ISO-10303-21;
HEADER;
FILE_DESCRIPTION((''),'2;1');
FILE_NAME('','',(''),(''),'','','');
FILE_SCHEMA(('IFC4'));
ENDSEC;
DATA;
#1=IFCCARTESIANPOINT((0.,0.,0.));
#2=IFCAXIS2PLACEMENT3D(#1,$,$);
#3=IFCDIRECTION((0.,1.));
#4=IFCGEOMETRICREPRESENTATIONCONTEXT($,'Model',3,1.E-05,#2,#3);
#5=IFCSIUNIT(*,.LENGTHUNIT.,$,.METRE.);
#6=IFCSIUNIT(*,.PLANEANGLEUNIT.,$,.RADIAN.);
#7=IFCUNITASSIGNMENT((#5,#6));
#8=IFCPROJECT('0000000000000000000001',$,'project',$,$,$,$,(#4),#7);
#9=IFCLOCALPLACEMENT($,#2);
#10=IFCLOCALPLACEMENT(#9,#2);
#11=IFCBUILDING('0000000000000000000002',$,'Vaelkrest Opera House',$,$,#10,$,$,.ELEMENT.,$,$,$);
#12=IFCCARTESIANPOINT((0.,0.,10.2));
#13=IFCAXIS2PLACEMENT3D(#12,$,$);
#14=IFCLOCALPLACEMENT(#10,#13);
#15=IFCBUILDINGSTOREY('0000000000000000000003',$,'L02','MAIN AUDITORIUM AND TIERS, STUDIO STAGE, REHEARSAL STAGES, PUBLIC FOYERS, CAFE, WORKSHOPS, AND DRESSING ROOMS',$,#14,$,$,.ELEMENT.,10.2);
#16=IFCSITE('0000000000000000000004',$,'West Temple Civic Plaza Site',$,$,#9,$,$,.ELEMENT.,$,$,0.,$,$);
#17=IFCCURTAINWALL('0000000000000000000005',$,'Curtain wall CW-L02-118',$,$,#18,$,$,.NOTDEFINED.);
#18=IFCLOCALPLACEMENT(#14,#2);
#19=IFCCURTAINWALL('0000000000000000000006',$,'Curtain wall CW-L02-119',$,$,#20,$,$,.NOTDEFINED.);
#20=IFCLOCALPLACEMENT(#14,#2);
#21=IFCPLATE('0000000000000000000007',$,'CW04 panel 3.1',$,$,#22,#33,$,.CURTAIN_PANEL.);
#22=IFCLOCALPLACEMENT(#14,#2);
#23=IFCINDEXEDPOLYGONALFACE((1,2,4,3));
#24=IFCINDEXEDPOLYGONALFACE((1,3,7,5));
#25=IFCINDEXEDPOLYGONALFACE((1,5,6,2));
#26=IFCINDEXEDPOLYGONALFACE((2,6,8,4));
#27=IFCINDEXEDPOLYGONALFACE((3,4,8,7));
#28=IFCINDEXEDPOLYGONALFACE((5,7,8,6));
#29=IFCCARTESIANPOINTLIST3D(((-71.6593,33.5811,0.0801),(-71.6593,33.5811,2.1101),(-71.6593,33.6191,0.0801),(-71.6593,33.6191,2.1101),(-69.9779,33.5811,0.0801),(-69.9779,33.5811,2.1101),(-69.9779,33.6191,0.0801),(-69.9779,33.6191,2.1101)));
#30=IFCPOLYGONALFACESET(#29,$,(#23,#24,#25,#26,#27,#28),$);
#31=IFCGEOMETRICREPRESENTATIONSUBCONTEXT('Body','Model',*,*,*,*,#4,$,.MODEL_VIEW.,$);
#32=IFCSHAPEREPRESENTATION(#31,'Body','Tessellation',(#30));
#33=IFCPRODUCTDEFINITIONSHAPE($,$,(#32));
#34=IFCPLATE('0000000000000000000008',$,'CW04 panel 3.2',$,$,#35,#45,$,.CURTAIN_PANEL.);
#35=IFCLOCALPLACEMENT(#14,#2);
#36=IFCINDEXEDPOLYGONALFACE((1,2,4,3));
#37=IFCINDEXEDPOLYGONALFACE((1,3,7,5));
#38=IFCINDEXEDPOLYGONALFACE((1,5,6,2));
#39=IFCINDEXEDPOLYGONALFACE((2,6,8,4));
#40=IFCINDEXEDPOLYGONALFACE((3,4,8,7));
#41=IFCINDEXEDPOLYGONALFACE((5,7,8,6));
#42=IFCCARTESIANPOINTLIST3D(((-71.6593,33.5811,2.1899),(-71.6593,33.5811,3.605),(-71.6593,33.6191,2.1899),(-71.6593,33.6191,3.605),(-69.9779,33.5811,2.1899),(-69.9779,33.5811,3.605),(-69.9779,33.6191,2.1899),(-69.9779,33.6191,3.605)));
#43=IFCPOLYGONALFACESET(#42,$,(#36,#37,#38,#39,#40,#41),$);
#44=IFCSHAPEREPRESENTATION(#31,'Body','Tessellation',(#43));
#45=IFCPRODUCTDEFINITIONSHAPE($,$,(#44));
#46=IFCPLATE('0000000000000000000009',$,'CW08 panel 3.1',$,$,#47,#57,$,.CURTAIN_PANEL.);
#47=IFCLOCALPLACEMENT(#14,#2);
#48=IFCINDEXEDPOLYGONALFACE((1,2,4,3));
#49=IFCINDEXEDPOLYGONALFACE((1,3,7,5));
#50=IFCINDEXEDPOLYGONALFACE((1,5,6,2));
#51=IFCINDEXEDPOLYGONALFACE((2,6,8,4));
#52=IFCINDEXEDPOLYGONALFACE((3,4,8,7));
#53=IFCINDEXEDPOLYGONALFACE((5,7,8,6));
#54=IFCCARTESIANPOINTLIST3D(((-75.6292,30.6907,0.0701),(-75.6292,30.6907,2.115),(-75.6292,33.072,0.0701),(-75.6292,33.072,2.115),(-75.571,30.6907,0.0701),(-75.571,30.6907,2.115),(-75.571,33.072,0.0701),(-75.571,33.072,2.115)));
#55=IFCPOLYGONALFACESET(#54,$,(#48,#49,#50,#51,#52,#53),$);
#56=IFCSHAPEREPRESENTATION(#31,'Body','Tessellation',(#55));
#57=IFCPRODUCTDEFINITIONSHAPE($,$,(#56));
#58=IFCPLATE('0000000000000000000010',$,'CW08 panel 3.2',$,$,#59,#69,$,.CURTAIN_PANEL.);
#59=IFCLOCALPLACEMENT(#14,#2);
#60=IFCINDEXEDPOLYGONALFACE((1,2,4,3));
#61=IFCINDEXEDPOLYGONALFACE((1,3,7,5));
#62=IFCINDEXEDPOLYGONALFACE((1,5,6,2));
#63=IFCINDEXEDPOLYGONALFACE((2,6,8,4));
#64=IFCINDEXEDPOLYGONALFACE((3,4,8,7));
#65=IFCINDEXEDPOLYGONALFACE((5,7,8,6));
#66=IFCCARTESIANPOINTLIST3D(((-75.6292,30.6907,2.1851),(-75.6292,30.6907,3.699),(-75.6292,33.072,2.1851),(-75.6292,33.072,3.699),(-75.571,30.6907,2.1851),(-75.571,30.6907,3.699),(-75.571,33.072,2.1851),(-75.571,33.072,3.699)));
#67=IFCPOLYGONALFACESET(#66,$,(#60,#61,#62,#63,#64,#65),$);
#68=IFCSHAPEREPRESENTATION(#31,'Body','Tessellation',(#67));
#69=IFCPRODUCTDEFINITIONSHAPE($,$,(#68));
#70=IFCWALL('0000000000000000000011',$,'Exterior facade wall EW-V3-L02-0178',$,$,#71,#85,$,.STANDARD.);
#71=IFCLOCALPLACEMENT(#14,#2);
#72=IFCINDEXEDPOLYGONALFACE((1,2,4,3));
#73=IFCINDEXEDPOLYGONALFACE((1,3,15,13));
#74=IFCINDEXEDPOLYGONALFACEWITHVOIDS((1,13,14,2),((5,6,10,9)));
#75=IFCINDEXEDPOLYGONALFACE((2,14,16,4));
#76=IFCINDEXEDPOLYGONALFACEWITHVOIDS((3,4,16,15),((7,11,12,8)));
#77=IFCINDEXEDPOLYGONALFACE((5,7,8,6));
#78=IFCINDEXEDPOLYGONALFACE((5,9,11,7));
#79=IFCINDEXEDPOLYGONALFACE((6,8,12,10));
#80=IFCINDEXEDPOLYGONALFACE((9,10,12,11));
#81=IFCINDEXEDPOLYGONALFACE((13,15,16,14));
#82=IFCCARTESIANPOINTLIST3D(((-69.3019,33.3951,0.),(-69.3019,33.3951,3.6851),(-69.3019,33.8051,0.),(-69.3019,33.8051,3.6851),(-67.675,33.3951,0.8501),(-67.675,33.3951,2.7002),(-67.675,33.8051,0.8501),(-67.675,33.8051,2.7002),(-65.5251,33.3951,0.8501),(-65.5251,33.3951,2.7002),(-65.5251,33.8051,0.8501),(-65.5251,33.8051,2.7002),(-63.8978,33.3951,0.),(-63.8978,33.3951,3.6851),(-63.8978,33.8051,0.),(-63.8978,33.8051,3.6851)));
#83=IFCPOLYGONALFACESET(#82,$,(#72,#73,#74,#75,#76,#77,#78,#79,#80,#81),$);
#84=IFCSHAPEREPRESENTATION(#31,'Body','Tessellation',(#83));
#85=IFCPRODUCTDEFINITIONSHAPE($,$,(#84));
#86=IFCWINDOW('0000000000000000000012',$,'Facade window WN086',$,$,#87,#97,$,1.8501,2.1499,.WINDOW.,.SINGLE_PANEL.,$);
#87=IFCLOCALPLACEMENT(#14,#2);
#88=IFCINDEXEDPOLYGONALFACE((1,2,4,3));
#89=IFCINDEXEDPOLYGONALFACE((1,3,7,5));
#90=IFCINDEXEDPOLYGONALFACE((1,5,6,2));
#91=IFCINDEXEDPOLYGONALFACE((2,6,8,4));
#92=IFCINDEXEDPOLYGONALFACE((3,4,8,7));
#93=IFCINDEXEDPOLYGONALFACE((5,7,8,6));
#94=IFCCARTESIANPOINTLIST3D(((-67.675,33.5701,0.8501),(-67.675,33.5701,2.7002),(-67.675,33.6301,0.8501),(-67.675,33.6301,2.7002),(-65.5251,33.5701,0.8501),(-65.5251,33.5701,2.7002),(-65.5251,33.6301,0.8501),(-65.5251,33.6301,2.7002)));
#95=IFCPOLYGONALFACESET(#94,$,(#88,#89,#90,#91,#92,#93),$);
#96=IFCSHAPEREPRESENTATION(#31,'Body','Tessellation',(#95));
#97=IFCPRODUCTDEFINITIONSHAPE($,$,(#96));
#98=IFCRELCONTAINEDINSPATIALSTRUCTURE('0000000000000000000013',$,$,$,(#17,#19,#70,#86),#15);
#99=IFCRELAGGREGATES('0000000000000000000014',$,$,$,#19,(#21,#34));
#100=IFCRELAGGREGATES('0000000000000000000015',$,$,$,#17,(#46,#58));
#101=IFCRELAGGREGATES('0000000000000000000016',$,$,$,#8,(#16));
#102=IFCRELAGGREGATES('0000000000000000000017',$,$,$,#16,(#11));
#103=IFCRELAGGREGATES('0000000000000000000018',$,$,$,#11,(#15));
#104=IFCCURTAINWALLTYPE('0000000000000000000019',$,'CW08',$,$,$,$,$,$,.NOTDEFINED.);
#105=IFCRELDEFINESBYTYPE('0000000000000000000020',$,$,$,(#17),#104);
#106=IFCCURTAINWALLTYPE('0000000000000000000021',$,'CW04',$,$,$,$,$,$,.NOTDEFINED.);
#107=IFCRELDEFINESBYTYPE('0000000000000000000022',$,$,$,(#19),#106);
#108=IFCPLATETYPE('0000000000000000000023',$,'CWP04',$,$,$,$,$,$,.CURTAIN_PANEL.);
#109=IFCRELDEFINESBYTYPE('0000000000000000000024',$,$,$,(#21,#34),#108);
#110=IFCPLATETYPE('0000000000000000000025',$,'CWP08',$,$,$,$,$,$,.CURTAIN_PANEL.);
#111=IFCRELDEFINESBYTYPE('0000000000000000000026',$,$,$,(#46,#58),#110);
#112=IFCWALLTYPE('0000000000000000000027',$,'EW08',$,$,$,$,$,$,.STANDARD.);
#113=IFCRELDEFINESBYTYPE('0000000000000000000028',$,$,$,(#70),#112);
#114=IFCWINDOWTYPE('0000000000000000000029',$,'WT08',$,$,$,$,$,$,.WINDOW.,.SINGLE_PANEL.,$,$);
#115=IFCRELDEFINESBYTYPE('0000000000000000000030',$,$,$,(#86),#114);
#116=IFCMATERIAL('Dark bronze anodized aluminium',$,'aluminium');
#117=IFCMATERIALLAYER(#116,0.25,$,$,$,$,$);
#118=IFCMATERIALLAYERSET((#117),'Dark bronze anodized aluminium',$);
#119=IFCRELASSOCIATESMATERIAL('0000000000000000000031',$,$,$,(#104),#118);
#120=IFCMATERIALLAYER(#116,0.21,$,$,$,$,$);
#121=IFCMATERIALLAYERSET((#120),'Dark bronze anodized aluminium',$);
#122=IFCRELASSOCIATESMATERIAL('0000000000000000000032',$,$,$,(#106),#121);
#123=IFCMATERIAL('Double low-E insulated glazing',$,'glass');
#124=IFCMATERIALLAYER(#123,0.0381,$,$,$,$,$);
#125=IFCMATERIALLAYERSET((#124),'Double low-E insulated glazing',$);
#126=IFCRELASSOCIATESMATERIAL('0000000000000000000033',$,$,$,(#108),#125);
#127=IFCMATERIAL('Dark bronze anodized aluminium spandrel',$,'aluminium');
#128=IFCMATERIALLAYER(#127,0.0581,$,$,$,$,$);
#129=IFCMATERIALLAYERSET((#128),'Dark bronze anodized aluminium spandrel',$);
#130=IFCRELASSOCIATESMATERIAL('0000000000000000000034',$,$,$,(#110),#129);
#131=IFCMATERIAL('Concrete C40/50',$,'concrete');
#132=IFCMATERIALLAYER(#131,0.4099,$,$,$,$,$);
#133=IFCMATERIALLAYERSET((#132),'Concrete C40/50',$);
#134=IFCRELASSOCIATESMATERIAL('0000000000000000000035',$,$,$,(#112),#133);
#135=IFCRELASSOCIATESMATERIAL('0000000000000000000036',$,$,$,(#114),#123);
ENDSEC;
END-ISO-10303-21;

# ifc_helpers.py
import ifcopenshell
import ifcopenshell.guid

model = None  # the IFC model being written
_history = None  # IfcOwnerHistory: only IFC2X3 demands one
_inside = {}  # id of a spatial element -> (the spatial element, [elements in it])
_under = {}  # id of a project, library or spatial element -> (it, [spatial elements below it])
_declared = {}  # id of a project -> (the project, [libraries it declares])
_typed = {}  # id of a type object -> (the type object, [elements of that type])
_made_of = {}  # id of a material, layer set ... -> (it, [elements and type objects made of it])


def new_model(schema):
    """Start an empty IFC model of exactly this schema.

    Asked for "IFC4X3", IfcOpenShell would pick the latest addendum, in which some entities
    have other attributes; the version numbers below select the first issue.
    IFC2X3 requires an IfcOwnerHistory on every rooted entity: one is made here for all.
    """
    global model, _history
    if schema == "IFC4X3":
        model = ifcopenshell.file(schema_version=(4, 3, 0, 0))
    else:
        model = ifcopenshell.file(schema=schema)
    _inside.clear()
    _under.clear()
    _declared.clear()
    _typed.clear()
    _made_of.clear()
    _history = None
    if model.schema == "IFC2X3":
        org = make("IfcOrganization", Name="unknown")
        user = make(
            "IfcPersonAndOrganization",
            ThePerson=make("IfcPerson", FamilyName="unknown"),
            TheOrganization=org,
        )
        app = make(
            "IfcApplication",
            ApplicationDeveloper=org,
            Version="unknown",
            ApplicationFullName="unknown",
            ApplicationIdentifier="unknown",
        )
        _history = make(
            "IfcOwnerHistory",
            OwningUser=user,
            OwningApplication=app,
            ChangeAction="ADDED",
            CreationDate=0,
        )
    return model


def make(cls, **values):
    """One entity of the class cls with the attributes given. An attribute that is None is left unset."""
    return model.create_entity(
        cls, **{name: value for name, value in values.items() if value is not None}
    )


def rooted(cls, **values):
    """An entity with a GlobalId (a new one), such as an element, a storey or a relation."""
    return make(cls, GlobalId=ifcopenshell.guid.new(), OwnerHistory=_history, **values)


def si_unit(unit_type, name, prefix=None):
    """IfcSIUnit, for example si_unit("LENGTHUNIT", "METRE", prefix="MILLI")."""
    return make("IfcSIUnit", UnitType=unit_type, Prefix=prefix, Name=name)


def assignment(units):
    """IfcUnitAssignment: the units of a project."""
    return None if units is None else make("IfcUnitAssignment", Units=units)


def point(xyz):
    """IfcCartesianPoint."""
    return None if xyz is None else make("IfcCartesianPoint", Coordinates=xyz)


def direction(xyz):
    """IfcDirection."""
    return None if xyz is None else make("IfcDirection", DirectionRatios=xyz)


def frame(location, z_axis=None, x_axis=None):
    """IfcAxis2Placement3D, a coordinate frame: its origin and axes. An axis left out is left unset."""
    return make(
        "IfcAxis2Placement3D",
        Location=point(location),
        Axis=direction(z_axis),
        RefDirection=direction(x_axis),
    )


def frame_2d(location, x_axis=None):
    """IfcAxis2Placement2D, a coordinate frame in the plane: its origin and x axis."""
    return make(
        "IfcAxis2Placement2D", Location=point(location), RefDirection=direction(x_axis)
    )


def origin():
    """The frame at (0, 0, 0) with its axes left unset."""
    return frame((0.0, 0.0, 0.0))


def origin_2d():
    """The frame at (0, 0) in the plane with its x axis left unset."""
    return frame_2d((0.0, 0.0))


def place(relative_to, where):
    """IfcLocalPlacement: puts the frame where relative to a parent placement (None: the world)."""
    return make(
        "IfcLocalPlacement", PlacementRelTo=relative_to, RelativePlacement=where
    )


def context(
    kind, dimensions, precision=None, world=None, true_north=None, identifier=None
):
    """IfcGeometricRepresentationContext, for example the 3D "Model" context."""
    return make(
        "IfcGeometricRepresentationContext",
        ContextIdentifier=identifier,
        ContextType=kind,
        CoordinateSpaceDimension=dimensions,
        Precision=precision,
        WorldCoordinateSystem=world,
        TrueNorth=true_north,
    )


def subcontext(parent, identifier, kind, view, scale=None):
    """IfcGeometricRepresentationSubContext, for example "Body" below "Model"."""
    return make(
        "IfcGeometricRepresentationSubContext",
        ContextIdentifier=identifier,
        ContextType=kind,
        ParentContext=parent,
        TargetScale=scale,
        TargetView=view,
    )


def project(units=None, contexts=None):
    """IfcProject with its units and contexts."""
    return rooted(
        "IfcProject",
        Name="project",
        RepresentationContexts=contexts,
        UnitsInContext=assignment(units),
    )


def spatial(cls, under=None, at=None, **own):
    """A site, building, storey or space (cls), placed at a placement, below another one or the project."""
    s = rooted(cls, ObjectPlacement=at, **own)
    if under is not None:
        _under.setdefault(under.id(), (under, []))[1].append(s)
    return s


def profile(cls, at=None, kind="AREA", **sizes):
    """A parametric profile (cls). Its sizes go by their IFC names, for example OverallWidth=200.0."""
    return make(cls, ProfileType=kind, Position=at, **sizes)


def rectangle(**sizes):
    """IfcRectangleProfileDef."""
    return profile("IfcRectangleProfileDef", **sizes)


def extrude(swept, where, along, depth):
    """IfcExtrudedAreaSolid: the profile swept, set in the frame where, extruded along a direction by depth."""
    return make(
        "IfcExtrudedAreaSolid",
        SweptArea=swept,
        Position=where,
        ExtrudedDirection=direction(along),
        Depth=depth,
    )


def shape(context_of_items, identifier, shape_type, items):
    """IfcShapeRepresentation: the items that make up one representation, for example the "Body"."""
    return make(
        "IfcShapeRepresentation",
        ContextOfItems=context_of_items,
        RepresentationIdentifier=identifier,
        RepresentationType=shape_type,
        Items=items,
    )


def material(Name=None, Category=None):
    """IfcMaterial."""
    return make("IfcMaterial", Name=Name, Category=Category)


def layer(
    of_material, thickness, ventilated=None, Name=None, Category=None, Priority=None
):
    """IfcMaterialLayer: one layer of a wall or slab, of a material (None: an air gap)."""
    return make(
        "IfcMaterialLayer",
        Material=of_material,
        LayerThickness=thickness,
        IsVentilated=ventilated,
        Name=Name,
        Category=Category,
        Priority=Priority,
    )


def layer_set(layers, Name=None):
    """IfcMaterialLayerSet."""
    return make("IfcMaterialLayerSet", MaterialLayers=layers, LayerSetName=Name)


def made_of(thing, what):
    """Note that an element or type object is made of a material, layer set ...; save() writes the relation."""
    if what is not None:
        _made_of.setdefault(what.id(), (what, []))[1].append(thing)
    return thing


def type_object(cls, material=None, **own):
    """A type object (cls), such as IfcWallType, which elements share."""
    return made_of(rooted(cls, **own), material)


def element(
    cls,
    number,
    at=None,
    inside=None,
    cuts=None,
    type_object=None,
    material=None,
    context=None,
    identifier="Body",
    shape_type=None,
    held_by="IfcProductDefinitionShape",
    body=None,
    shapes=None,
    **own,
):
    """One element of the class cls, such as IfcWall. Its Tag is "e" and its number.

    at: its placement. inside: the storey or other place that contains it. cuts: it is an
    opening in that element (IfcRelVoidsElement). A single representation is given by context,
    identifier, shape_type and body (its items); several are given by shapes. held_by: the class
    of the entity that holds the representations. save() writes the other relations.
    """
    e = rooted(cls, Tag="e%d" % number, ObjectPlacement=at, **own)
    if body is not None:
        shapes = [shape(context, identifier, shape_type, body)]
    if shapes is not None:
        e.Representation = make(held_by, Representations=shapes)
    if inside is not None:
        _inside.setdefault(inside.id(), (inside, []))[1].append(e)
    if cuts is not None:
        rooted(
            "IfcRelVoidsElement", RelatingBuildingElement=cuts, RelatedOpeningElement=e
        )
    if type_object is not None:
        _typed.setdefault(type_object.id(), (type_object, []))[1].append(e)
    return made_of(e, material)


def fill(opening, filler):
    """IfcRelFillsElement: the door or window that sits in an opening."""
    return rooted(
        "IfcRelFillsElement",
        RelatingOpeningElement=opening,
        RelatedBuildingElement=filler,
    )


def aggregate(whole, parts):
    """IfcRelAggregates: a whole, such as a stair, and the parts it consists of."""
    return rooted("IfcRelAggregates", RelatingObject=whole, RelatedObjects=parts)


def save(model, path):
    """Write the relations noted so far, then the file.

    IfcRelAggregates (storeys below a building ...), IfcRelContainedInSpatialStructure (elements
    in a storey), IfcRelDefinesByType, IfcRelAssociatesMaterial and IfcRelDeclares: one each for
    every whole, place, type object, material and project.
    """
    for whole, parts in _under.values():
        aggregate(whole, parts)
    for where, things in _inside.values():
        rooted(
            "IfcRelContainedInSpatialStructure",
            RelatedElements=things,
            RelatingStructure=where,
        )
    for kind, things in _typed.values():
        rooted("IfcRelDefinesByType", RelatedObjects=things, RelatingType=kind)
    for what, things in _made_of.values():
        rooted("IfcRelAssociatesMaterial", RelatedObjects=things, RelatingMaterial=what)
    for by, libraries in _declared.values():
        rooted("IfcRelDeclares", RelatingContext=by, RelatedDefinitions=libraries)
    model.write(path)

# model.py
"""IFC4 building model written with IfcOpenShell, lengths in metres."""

from ifc_helpers import new_model, si_unit, direction, frame, frame_2d, origin, origin_2d, place, context, subcontext, project, spatial, rectangle, extrude, material, layer, layer_set, type_object, element, fill, aggregate, save


model = new_model("IFC4")

# Units and contexts
model_context = context("Model", 3, precision=1e-05, world=origin(), true_north=direction((0.0, 1.0)))
body_context = subcontext(model_context, "Body", "Model", "MODEL_VIEW")
ifc_project = project(units=[si_unit("LENGTHUNIT", "METRE"), si_unit("PLANEANGLEUNIT", "RADIAN")], contexts=[model_context])

# Site, building, storey
site_placement = place(None, origin())
site = spatial("IfcSite", under=ifc_project, at=site_placement, Name="West Temple Civic Plaza Site", CompositionType="ELEMENT", RefElevation=0.0)
building_placement = place(site_placement, origin())
building = spatial("IfcBuilding", under=site, at=building_placement, Name="Vaelkrest Opera House", CompositionType="ELEMENT")
storey_placement = place(building_placement, frame((0.0, 0.0, 10.2)))
storey = spatial("IfcBuildingStorey", under=building, at=storey_placement, Name="L02", Description="MAIN AUDITORIUM AND TIERS, STUDIO STAGE, REHEARSAL STAGES, PUBLIC FOYERS, CAFE, WORKSHOPS, AND DRESSING ROOMS", CompositionType="ELEMENT", Elevation=10.2)

# Curtain wall
ifc_material_1 = material(Name="Dark bronze anodized aluminium", Category="aluminium")
ifc_layer_1 = layer(ifc_material_1, 0.25)
ifc_layer_set_1 = layer_set([ifc_layer_1], Name="Dark bronze anodized aluminium")
curtain_wall_type_1 = type_object("IfcCurtainWallType", Name="CW08", PredefinedType="NOTDEFINED", material=ifc_layer_set_1)
curtain_wall_1_placement = place(storey_placement, origin())
curtain_wall_1 = element("IfcCurtainWall", 1, at=curtain_wall_1_placement, inside=storey, type_object=curtain_wall_type_1, Name="Curtain wall CW-L02-118", PredefinedType="NOTDEFINED")

# Curtain wall
ifc_layer_2 = layer(ifc_material_1, 0.21)
ifc_layer_set_2 = layer_set([ifc_layer_2], Name="Dark bronze anodized aluminium")
curtain_wall_type_2 = type_object("IfcCurtainWallType", Name="CW04", PredefinedType="NOTDEFINED", material=ifc_layer_set_2)
curtain_wall_2_placement = place(storey_placement, origin())
curtain_wall_2 = element("IfcCurtainWall", 2, at=curtain_wall_2_placement, inside=storey, type_object=curtain_wall_type_2, Name="Curtain wall CW-L02-119", PredefinedType="NOTDEFINED")

# Plates
ifc_material_2 = material(Name="Double low-E insulated glazing", Category="glass")
ifc_layer_3 = layer(ifc_material_2, 0.0381)
ifc_layer_set_3 = layer_set([ifc_layer_3], Name="Double low-E insulated glazing")
plate_type_1 = type_object("IfcPlateType", Name="CWP04", PredefinedType="CURTAIN_PANEL", material=ifc_layer_set_3)
plate_1_placement = place(storey_placement, frame((-70.8186, 33.6001, 0.0801), z_axis=(0.0, 0.0, 1.0), x_axis=(1.0, 0.0, 0.0)))
plate_1 = element("IfcPlate", 3, at=plate_1_placement, type_object=plate_type_1, Name="CW04 panel 3.1", PredefinedType="CURTAIN_PANEL", context=body_context, shape_type="SweptSolid", body=[
    extrude(rectangle(XDim=1.6814, YDim=0.0381, at=origin_2d()), origin(), (0.0, 0.0, 1.0), 2.03),
])
plate_2_placement = place(storey_placement, frame((-70.8186, 33.6001, 2.1899), z_axis=(0.0, 0.0, 1.0), x_axis=(1.0, 0.0, 0.0)))
plate_2 = element("IfcPlate", 4, at=plate_2_placement, type_object=plate_type_1, Name="CW04 panel 3.2", PredefinedType="CURTAIN_PANEL", context=body_context, shape_type="SweptSolid", body=[
    extrude(rectangle(XDim=1.6814, YDim=0.0381, at=origin_2d()), origin(), (0.0, 0.0, 1.0), 1.415),
])
aggregate(curtain_wall_2, [plate_1, plate_2])
ifc_material_3 = material(Name="Dark bronze anodized aluminium spandrel", Category="aluminium")
ifc_layer_4 = layer(ifc_material_3, 0.0581)
ifc_layer_set_4 = layer_set([ifc_layer_4], Name="Dark bronze anodized aluminium spandrel")
plate_type_2 = type_object("IfcPlateType", Name="CWP08", PredefinedType="CURTAIN_PANEL", material=ifc_layer_set_4)
plate_3_placement = place(storey_placement, frame((-75.6001, 31.8813, 0.0701), z_axis=(0.0, 0.0, 1.0), x_axis=(0.0, 1.0, 0.0)))
plate_3 = element("IfcPlate", 5, at=plate_3_placement, type_object=plate_type_2, Name="CW08 panel 3.1", PredefinedType="CURTAIN_PANEL", context=body_context, shape_type="SweptSolid", body=[
    extrude(rectangle(XDim=2.3813, YDim=0.0581, at=origin_2d()), origin(), (0.0, 0.0, 1.0), 2.0449),
])
plate_4_placement = place(storey_placement, frame((-75.6001, 31.8813, 2.1851), z_axis=(0.0, 0.0, 1.0), x_axis=(0.0, 1.0, 0.0)))
plate_4 = element("IfcPlate", 6, at=plate_4_placement, type_object=plate_type_2, Name="CW08 panel 3.2", PredefinedType="CURTAIN_PANEL", context=body_context, shape_type="SweptSolid", body=[
    extrude(rectangle(XDim=2.3813, YDim=0.0581, at=origin_2d()), origin(), (0.0, 0.0, 1.0), 1.5139),
])
aggregate(curtain_wall_1, [plate_3, plate_4])

# Wall, opening, window
ifc_material_4 = material(Name="Concrete C40/50", Category="concrete")
ifc_layer_5 = layer(ifc_material_4, 0.4099)
ifc_layer_set_5 = layer_set([ifc_layer_5], Name="Concrete C40/50")
wall_type = type_object("IfcWallType", Name="EW08", PredefinedType="STANDARD", material=ifc_layer_set_5)
wall_placement = place(storey_placement, frame((-69.302, 33.6001, 0.0), z_axis=(0.0, 0.0, 1.0), x_axis=(1.0, 0.0, 0.0)))
wall = element("IfcWall", 7, at=wall_placement, inside=storey, type_object=wall_type, Name="Exterior facade wall EW-V3-L02-0178", PredefinedType="STANDARD", context=body_context, shape_type="SweptSolid", body=[
    extrude(rectangle(XDim=5.4041, YDim=0.4099, at=frame_2d((2.7021, 0.0))), origin(), (0.0, 0.0, 1.0), 3.6851),
])
opening_placement = place(wall_placement, frame((1.627, 0.0, 0.8501)))
opening = element("IfcOpeningElement", 8, at=opening_placement, cuts=wall, PredefinedType="OPENING", context=body_context, shape_type="SweptSolid", body=[
    extrude(rectangle(XDim=2.1499, YDim=1.8501, at=frame_2d((1.075, 0.925))), frame((0.0, 0.2148, 0.0), z_axis=(0.0, -1.0, 0.0), x_axis=(1.0, 0.0, 0.0)), (0.0, 0.0, 1.0), 0.4299),
])
window_type = type_object("IfcWindowType", Name="WT08", PartitioningType="SINGLE_PANEL", PredefinedType="WINDOW", material=ifc_material_2)
window_placement = place(opening_placement, origin())
window = element("IfcWindow", 9, at=window_placement, inside=storey, type_object=window_type, Name="Facade window WN086", OverallHeight=1.8501, OverallWidth=2.1499, PartitioningType="SINGLE_PANEL", PredefinedType="WINDOW", context=body_context, shape_type="SweptSolid", body=[
    extrude(rectangle(XDim=2.1499, YDim=1.8501, at=frame_2d((1.075, 0.925))), frame((0.0, 0.03, 0.0), z_axis=(0.0, -1.0, 0.0), x_axis=(1.0, 0.0, 0.0)), (0.0, 0.0, 1.0), 0.0601),
])
fill(opening, window)

save(model, "model.ifc")
